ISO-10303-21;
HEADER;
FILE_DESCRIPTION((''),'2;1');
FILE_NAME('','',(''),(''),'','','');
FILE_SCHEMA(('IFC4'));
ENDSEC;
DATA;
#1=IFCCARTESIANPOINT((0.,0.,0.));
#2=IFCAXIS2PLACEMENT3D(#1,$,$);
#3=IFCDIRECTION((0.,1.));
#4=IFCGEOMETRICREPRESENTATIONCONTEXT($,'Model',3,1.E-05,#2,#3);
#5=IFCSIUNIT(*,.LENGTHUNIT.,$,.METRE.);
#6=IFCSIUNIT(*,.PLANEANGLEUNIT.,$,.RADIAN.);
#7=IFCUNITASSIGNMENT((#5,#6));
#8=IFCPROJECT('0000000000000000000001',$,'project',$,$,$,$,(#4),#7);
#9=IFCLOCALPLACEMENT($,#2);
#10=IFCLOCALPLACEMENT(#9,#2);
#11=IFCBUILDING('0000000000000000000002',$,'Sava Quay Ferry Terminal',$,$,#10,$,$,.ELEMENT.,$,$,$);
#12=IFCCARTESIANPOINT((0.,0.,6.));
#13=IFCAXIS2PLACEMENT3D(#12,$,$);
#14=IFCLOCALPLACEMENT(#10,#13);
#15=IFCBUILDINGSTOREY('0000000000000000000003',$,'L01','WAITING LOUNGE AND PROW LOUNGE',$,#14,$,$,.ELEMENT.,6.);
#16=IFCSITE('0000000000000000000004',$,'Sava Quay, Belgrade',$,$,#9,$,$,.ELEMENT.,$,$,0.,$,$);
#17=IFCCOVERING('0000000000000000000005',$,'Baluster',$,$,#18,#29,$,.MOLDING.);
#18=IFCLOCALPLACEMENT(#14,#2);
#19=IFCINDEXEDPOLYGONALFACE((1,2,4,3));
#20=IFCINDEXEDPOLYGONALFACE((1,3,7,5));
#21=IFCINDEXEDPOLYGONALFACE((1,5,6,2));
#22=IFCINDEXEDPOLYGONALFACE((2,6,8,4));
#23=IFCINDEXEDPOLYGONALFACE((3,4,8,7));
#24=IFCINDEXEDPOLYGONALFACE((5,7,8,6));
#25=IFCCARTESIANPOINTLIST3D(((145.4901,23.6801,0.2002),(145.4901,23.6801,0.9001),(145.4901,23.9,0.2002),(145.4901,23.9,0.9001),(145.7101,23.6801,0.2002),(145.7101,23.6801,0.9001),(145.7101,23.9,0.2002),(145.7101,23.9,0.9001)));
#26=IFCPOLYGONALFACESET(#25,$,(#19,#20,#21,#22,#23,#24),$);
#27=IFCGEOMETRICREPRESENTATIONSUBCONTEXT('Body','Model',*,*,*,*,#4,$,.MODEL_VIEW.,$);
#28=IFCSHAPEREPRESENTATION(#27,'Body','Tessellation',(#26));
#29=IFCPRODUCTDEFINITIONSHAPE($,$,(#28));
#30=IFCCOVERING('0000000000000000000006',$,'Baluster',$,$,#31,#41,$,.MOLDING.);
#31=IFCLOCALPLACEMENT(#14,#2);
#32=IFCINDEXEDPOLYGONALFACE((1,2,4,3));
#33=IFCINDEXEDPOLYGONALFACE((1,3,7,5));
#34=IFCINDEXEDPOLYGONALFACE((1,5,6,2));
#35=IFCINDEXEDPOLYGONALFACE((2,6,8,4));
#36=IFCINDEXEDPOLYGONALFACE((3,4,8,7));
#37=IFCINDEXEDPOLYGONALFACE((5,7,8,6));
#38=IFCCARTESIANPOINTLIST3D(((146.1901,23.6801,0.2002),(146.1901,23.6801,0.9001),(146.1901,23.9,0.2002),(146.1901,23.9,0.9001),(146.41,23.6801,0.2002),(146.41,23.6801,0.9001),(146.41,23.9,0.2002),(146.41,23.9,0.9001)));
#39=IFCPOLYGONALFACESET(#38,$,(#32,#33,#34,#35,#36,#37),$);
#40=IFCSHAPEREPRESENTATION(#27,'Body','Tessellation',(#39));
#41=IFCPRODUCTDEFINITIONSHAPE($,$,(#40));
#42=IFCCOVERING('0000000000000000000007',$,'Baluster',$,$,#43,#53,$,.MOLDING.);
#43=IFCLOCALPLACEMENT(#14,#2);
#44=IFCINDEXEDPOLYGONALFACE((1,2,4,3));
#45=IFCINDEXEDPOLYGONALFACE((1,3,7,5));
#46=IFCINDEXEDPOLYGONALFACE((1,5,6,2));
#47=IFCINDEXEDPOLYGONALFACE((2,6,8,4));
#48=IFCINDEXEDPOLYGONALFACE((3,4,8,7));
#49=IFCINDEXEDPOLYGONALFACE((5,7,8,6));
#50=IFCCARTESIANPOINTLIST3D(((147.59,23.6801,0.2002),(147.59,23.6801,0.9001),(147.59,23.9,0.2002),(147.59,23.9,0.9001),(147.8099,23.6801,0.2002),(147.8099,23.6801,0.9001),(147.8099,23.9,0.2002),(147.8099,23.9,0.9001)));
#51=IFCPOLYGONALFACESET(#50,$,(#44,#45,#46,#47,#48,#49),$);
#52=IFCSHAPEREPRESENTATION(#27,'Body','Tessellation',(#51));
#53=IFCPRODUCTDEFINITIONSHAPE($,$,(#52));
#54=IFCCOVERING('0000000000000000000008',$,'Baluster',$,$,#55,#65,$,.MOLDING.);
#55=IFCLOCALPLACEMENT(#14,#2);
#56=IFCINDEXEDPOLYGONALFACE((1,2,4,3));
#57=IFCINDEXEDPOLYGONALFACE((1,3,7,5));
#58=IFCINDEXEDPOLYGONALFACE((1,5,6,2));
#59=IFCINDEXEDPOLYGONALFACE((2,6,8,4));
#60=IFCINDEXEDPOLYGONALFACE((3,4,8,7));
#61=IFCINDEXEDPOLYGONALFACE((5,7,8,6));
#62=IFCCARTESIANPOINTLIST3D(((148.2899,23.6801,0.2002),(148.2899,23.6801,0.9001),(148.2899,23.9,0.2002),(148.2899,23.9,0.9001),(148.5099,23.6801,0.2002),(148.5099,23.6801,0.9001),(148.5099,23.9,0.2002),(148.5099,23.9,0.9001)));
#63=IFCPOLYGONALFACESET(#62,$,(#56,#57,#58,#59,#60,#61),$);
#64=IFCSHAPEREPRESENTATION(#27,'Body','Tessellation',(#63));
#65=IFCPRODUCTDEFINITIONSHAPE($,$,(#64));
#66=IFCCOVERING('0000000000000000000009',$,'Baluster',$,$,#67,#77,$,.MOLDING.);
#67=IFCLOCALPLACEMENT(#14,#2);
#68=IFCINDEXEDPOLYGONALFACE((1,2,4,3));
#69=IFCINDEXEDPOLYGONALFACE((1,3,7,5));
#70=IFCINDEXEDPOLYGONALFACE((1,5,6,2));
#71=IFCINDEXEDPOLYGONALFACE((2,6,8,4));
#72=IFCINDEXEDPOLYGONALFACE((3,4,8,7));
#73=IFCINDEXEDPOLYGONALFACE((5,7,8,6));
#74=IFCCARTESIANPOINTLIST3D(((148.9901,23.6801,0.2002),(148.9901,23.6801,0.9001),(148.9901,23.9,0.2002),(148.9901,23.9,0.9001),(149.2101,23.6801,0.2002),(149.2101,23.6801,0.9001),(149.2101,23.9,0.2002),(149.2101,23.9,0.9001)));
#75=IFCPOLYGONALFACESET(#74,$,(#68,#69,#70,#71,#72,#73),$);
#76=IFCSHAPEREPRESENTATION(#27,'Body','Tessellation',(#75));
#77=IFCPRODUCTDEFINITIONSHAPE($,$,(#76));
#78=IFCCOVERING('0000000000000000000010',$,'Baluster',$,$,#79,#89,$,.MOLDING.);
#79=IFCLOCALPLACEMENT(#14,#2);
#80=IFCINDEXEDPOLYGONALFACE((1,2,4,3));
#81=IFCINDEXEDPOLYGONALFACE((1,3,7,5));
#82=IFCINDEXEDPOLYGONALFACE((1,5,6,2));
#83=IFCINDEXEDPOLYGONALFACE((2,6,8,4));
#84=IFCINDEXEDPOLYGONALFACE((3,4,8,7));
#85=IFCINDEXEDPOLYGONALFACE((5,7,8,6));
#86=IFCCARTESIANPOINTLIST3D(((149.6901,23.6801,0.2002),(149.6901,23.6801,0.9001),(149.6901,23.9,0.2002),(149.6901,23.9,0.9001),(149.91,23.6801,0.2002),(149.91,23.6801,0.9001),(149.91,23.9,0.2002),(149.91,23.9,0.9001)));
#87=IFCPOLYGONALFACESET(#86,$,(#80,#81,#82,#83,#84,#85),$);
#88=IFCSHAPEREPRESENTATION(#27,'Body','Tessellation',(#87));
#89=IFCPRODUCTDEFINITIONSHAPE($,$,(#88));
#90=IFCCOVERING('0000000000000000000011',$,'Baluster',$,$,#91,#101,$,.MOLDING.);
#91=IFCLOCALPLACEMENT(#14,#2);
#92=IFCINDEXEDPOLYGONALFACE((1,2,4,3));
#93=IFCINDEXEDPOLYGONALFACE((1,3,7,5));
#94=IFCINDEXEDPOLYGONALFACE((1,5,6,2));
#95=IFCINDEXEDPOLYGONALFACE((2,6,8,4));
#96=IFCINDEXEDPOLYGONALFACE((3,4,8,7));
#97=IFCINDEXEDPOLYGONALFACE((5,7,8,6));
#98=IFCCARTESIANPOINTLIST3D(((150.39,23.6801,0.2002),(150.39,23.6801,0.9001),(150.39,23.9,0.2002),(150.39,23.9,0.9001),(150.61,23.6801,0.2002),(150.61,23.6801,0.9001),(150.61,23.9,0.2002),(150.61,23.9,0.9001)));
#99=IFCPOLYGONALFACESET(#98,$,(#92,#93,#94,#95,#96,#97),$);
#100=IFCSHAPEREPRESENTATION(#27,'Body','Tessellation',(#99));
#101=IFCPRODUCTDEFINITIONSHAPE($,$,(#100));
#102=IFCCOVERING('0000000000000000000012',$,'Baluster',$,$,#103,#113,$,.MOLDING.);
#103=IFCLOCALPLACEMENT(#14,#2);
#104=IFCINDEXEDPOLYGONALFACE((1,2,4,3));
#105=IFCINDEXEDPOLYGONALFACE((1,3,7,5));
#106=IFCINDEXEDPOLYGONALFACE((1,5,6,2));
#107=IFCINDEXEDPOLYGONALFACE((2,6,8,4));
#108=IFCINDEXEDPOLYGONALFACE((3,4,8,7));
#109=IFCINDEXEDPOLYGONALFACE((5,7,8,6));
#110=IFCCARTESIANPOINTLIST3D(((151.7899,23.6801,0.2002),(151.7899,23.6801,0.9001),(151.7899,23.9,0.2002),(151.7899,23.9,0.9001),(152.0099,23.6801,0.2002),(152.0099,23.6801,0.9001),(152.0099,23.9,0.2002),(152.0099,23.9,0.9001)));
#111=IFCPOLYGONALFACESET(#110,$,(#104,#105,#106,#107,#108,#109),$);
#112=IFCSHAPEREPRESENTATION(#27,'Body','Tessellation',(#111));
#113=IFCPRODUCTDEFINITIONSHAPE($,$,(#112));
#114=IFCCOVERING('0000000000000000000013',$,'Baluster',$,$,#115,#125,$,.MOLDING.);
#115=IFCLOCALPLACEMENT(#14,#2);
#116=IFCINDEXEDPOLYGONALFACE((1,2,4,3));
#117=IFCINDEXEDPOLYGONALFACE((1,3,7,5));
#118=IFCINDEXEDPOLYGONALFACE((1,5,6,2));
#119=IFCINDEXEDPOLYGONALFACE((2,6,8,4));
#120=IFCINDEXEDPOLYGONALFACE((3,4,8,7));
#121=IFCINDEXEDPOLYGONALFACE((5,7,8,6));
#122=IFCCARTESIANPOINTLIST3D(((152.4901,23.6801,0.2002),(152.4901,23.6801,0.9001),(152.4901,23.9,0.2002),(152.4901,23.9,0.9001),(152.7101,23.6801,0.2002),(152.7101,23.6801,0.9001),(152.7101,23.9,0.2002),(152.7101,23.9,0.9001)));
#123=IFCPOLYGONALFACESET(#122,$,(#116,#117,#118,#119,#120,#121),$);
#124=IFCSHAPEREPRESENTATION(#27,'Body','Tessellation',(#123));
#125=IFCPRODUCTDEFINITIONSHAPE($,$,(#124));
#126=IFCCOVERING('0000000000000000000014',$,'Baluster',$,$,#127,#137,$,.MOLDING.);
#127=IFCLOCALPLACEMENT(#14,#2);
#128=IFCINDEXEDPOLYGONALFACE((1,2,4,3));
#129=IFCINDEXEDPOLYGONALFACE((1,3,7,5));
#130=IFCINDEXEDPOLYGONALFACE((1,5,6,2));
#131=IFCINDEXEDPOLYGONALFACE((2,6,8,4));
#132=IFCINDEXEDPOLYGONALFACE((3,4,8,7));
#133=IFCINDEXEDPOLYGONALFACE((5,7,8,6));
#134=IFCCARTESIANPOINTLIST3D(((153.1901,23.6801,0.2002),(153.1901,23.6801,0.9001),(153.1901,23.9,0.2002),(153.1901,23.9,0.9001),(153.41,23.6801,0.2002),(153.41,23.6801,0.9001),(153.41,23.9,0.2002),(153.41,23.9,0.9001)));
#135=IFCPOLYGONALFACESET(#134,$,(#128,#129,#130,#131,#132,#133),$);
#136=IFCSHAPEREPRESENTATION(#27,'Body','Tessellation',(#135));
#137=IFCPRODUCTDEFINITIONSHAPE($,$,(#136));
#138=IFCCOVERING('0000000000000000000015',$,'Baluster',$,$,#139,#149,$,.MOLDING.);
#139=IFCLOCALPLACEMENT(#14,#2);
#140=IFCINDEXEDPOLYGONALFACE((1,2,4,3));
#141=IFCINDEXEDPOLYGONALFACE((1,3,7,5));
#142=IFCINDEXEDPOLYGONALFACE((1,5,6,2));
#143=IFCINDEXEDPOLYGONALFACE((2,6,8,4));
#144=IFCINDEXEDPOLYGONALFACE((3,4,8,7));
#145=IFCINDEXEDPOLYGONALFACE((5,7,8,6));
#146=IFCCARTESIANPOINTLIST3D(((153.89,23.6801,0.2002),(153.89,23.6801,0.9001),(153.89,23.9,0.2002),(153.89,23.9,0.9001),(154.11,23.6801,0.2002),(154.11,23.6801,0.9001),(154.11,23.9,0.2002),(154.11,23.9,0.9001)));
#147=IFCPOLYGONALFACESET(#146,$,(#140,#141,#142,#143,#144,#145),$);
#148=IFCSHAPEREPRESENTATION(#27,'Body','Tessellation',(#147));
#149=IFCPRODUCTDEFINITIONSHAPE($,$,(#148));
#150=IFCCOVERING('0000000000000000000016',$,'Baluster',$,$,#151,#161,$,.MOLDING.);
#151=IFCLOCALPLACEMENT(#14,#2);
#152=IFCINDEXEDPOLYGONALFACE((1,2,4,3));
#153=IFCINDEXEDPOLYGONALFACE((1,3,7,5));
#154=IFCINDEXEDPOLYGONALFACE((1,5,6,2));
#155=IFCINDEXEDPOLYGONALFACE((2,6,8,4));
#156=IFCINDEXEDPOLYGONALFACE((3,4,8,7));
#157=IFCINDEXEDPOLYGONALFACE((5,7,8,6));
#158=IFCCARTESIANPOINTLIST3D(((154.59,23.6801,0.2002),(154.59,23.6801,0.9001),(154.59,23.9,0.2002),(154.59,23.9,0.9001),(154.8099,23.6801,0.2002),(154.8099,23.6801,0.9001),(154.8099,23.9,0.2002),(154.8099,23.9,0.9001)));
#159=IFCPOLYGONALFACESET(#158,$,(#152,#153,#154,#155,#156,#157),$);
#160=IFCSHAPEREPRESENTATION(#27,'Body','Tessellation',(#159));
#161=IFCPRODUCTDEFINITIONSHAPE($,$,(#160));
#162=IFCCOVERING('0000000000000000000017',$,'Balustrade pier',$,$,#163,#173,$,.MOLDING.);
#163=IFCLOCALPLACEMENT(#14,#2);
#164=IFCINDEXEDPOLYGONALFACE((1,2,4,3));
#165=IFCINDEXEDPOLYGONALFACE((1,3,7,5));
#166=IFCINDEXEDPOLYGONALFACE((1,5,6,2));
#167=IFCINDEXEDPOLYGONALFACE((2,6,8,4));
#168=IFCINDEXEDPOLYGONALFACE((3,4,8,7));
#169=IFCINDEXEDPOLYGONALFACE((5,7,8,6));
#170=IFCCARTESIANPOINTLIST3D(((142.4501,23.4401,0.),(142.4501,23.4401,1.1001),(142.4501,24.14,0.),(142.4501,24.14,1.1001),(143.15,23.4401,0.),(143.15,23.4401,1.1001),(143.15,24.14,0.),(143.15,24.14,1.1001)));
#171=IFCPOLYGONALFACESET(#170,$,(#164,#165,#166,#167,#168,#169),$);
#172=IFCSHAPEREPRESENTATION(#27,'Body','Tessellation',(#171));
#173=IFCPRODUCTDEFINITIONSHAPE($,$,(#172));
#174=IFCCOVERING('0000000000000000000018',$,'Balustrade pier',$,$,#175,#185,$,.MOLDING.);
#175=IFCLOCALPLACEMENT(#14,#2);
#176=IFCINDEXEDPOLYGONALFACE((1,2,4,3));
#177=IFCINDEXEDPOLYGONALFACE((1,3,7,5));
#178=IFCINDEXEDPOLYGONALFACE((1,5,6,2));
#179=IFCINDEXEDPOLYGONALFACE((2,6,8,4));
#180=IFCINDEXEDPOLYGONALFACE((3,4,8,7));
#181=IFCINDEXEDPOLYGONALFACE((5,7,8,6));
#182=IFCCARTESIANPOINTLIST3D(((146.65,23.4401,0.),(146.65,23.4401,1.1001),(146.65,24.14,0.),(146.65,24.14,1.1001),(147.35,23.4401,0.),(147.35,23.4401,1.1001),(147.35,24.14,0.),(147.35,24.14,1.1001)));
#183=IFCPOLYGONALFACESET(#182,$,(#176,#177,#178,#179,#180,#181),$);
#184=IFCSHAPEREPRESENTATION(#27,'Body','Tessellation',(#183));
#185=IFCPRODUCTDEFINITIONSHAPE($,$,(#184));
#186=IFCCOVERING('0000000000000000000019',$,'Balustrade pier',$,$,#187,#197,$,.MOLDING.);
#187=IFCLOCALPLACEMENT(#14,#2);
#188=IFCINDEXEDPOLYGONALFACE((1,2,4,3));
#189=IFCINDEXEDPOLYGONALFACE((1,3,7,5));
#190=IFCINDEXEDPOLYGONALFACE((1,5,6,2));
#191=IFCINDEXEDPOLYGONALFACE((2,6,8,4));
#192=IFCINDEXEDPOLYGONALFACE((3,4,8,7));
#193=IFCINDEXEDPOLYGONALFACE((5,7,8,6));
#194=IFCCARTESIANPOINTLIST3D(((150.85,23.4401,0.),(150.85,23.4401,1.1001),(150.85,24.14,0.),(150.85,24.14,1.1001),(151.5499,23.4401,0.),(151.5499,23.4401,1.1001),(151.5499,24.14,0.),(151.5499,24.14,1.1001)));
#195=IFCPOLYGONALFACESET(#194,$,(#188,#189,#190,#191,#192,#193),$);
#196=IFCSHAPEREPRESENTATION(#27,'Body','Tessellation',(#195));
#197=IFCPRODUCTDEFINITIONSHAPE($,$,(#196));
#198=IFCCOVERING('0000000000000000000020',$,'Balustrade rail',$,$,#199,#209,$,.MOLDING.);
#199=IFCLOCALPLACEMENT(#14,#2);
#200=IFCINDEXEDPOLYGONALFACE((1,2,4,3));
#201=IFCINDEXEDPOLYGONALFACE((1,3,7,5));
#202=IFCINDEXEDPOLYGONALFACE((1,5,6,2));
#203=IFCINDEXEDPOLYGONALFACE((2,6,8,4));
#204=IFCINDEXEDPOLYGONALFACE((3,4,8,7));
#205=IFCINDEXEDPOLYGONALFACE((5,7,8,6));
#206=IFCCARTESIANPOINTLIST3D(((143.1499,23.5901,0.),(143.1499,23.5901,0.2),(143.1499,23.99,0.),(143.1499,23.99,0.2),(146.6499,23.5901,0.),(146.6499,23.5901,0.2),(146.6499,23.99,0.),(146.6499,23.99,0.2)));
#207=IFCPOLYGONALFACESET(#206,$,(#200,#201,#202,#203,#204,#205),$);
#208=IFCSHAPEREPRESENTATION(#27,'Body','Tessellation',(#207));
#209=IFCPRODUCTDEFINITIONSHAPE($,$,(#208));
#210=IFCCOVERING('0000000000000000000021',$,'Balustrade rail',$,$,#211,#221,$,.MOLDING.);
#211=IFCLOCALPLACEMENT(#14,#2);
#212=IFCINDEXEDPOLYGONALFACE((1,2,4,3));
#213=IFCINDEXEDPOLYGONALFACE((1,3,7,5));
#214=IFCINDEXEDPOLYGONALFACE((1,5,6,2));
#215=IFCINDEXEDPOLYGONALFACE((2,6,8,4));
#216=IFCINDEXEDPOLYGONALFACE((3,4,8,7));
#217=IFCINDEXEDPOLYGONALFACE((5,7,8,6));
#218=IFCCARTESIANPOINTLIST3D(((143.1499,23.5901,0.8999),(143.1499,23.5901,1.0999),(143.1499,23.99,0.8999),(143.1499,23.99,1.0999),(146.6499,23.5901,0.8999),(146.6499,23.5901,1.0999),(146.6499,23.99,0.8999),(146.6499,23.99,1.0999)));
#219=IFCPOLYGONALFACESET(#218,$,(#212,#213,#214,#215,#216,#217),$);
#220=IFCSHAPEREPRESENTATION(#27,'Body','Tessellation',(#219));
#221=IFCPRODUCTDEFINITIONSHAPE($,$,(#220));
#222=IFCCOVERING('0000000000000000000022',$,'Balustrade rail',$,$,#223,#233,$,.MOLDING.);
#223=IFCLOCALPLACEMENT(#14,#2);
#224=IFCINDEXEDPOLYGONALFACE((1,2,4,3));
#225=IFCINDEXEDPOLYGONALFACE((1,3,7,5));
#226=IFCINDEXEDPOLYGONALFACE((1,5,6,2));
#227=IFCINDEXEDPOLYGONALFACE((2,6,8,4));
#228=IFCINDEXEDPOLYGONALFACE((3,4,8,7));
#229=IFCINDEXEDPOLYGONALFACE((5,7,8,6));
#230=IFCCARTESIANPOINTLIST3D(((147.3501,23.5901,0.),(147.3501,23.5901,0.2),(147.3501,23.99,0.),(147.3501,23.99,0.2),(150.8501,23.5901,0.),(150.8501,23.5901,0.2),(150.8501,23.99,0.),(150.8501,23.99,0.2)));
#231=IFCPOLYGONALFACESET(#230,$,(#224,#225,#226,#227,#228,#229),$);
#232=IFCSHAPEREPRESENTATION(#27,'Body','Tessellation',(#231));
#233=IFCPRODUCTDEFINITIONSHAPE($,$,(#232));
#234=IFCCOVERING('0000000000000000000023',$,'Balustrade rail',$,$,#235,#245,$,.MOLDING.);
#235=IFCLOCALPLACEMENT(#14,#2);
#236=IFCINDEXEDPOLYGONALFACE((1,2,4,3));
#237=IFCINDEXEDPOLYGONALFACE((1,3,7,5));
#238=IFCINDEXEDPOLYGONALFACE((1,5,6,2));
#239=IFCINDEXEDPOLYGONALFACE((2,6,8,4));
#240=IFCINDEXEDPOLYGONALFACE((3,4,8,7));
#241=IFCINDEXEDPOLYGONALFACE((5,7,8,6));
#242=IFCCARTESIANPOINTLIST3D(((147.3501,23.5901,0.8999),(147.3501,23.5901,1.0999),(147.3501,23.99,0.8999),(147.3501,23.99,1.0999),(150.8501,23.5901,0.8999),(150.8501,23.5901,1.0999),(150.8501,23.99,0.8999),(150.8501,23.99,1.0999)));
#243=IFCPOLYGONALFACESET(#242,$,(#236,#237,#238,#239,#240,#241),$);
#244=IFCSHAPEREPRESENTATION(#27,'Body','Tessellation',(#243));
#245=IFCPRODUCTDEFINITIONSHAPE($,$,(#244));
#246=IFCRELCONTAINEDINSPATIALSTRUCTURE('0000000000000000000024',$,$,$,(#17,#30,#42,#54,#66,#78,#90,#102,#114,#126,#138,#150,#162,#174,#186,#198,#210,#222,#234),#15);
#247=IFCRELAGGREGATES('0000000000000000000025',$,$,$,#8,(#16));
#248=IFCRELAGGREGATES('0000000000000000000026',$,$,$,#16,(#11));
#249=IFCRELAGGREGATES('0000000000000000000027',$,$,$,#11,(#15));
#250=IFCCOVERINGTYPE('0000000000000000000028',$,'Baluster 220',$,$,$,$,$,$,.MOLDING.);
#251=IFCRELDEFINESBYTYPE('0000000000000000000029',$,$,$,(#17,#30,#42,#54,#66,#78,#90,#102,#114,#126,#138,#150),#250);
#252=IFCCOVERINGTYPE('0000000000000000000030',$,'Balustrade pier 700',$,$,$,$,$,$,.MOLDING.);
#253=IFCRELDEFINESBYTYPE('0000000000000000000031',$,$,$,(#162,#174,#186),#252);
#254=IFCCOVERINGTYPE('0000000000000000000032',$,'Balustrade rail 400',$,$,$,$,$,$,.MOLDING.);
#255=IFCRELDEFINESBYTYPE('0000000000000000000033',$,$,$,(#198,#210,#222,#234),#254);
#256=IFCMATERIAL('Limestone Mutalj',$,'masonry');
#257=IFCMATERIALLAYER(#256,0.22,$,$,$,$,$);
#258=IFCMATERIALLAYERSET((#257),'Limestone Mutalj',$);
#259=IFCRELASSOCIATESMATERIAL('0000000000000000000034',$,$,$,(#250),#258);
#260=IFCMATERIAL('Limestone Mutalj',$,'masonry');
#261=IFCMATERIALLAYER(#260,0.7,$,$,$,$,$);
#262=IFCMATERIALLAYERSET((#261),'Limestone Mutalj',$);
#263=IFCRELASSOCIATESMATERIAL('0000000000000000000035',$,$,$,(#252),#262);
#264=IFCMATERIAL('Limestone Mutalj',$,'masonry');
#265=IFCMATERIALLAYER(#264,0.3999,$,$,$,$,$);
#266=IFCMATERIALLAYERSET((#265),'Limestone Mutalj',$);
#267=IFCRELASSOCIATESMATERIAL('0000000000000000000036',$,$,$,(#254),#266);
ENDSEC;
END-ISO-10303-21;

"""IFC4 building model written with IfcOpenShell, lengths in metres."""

from ifc_helpers import new_model, si_unit, direction, frame, origin, origin_2d, place, context, subcontext, project, spatial, rectangle, extrude, material, layer, layer_set, type_object, element, save


model = new_model("IFC4")

# Units and contexts
model_context = context("Model", 3, precision=1e-05, world=origin(), true_north=direction((0.0, 1.0)))
body_context = subcontext(model_context, "Body", "Model", "MODEL_VIEW")
ifc_project = project(units=[si_unit("LENGTHUNIT", "METRE"), si_unit("PLANEANGLEUNIT", "RADIAN")], contexts=[model_context])

# Site, building, storey
site_placement = place(None, origin())
site = spatial("IfcSite", under=ifc_project, at=site_placement, Name="Sava Quay, Belgrade", CompositionType="ELEMENT", RefElevation=0.0)
building_placement = place(site_placement, origin())
building = spatial("IfcBuilding", under=site, at=building_placement, Name="Sava Quay Ferry Terminal", CompositionType="ELEMENT")
storey_placement = place(building_placement, frame((0.0, 0.0, 6.0)))
storey = spatial("IfcBuildingStorey", under=building, at=storey_placement, Name="L01", Description="WAITING LOUNGE AND PROW LOUNGE", CompositionType="ELEMENT", Elevation=6.0)

# Coverings
ifc_material_1 = material(Name="Limestone Mutalj", Category="masonry")
ifc_layer_1 = layer(ifc_material_1, 0.22)
ifc_layer_set_1 = layer_set([ifc_layer_1], Name="Limestone Mutalj")
covering_type_1 = type_object("IfcCoveringType", Name="Baluster 220", PredefinedType="MOLDING", material=ifc_layer_set_1)
for number, where, z_axis, x_axis, name in (
    (1, (145.6001, 23.79, 0.2002), (0.0, 0.0, 1.0), (1.0, 0.0, 0.0), "Baluster"),
    (2, (146.3, 23.79, 0.2002), (0.0, 0.0, 1.0), (1.0, 0.0, 0.0), "Baluster"),
    (3, (147.7, 23.79, 0.2002), (0.0, 0.0, 1.0), (1.0, 0.0, 0.0), "Baluster"),
    (4, (148.3999, 23.79, 0.2002), (0.0, 0.0, 1.0), (1.0, 0.0, 0.0), "Baluster"),
    (5, (149.1001, 23.79, 0.2002), (0.0, 0.0, 1.0), (1.0, 0.0, 0.0), "Baluster"),
    (6, (149.8, 23.79, 0.2002), (0.0, 0.0, 1.0), (1.0, 0.0, 0.0), "Baluster"),
    (7, (150.5, 23.79, 0.2002), (0.0, 0.0, 1.0), (1.0, 0.0, 0.0), "Baluster"),
    (8, (151.8999, 23.79, 0.2002), (0.0, 0.0, 1.0), (1.0, 0.0, 0.0), "Baluster"),
    (9, (152.6001, 23.79, 0.2002), (0.0, 0.0, 1.0), (1.0, 0.0, 0.0), "Baluster"),
    (10, (153.3, 23.79, 0.2002), (0.0, 0.0, 1.0), (1.0, 0.0, 0.0), "Baluster"),
    (11, (154.0, 23.79, 0.2002), (0.0, 0.0, 1.0), (1.0, 0.0, 0.0), "Baluster"),
    (12, (154.7, 23.79, 0.2002), (0.0, 0.0, 1.0), (1.0, 0.0, 0.0), "Baluster"),
):
    element("IfcCovering", number, at=place(storey_placement, frame(where, z_axis=z_axis, x_axis=x_axis)), inside=storey, type_object=covering_type_1, Name=name, PredefinedType="MOLDING", context=body_context, shape_type="SweptSolid", body=[
        extrude(rectangle(XDim=0.22, YDim=0.22, at=origin_2d()), origin(), (0.0, 0.0, 1.0), 0.7),
    ])
ifc_material_2 = material(Name="Limestone Mutalj", Category="masonry")
ifc_layer_2 = layer(ifc_material_2, 0.7)
ifc_layer_set_2 = layer_set([ifc_layer_2], Name="Limestone Mutalj")
covering_type_2 = type_object("IfcCoveringType", Name="Balustrade pier 700", PredefinedType="MOLDING", material=ifc_layer_set_2)
for number, where, z_axis, x_axis, name in (
    (13, (142.8, 23.79, 0.0), (0.0, 0.0, 1.0), (1.0, 0.0, 0.0), "Balustrade pier"),
    (14, (147.0, 23.79, 0.0), (0.0, 0.0, 1.0), (1.0, 0.0, 0.0), "Balustrade pier"),
    (15, (151.2, 23.79, 0.0), (0.0, 0.0, 1.0), (1.0, 0.0, 0.0), "Balustrade pier"),
):
    element("IfcCovering", number, at=place(storey_placement, frame(where, z_axis=z_axis, x_axis=x_axis)), inside=storey, type_object=covering_type_2, Name=name, PredefinedType="MOLDING", context=body_context, shape_type="SweptSolid", body=[
        extrude(rectangle(XDim=0.7, YDim=0.7, at=origin_2d()), origin(), (0.0, 0.0, 1.0), 1.1001),
    ])
ifc_material_3 = material(Name="Limestone Mutalj", Category="masonry")
ifc_layer_3 = layer(ifc_material_3, 0.3999)
ifc_layer_set_3 = layer_set([ifc_layer_3], Name="Limestone Mutalj")
covering_type_3 = type_object("IfcCoveringType", Name="Balustrade rail 400", PredefinedType="MOLDING", material=ifc_layer_set_3)
for number, where, z_axis, x_axis, name in (
    (16, (144.8999, 23.79, 0.0), (0.0, 0.0, 1.0), (1.0, 0.0, 0.0), "Balustrade rail"),
    (17, (144.8999, 23.79, 0.8999), (0.0, 0.0, 1.0), (1.0, 0.0, 0.0), "Balustrade rail"),
    (18, (149.1001, 23.79, 0.0), (0.0, 0.0, 1.0), (1.0, 0.0, 0.0), "Balustrade rail"),
    (19, (149.1001, 23.79, 0.8999), (0.0, 0.0, 1.0), (1.0, 0.0, 0.0), "Balustrade rail"),
):
    element("IfcCovering", number, at=place(storey_placement, frame(where, z_axis=z_axis, x_axis=x_axis)), inside=storey, type_object=covering_type_3, Name=name, PredefinedType="MOLDING", context=body_context, shape_type="SweptSolid", body=[
        extrude(rectangle(XDim=3.5, YDim=0.3999, at=origin_2d()), origin(), (0.0, 0.0, 1.0), 0.2),
    ])

save(model, "model.ifc")
